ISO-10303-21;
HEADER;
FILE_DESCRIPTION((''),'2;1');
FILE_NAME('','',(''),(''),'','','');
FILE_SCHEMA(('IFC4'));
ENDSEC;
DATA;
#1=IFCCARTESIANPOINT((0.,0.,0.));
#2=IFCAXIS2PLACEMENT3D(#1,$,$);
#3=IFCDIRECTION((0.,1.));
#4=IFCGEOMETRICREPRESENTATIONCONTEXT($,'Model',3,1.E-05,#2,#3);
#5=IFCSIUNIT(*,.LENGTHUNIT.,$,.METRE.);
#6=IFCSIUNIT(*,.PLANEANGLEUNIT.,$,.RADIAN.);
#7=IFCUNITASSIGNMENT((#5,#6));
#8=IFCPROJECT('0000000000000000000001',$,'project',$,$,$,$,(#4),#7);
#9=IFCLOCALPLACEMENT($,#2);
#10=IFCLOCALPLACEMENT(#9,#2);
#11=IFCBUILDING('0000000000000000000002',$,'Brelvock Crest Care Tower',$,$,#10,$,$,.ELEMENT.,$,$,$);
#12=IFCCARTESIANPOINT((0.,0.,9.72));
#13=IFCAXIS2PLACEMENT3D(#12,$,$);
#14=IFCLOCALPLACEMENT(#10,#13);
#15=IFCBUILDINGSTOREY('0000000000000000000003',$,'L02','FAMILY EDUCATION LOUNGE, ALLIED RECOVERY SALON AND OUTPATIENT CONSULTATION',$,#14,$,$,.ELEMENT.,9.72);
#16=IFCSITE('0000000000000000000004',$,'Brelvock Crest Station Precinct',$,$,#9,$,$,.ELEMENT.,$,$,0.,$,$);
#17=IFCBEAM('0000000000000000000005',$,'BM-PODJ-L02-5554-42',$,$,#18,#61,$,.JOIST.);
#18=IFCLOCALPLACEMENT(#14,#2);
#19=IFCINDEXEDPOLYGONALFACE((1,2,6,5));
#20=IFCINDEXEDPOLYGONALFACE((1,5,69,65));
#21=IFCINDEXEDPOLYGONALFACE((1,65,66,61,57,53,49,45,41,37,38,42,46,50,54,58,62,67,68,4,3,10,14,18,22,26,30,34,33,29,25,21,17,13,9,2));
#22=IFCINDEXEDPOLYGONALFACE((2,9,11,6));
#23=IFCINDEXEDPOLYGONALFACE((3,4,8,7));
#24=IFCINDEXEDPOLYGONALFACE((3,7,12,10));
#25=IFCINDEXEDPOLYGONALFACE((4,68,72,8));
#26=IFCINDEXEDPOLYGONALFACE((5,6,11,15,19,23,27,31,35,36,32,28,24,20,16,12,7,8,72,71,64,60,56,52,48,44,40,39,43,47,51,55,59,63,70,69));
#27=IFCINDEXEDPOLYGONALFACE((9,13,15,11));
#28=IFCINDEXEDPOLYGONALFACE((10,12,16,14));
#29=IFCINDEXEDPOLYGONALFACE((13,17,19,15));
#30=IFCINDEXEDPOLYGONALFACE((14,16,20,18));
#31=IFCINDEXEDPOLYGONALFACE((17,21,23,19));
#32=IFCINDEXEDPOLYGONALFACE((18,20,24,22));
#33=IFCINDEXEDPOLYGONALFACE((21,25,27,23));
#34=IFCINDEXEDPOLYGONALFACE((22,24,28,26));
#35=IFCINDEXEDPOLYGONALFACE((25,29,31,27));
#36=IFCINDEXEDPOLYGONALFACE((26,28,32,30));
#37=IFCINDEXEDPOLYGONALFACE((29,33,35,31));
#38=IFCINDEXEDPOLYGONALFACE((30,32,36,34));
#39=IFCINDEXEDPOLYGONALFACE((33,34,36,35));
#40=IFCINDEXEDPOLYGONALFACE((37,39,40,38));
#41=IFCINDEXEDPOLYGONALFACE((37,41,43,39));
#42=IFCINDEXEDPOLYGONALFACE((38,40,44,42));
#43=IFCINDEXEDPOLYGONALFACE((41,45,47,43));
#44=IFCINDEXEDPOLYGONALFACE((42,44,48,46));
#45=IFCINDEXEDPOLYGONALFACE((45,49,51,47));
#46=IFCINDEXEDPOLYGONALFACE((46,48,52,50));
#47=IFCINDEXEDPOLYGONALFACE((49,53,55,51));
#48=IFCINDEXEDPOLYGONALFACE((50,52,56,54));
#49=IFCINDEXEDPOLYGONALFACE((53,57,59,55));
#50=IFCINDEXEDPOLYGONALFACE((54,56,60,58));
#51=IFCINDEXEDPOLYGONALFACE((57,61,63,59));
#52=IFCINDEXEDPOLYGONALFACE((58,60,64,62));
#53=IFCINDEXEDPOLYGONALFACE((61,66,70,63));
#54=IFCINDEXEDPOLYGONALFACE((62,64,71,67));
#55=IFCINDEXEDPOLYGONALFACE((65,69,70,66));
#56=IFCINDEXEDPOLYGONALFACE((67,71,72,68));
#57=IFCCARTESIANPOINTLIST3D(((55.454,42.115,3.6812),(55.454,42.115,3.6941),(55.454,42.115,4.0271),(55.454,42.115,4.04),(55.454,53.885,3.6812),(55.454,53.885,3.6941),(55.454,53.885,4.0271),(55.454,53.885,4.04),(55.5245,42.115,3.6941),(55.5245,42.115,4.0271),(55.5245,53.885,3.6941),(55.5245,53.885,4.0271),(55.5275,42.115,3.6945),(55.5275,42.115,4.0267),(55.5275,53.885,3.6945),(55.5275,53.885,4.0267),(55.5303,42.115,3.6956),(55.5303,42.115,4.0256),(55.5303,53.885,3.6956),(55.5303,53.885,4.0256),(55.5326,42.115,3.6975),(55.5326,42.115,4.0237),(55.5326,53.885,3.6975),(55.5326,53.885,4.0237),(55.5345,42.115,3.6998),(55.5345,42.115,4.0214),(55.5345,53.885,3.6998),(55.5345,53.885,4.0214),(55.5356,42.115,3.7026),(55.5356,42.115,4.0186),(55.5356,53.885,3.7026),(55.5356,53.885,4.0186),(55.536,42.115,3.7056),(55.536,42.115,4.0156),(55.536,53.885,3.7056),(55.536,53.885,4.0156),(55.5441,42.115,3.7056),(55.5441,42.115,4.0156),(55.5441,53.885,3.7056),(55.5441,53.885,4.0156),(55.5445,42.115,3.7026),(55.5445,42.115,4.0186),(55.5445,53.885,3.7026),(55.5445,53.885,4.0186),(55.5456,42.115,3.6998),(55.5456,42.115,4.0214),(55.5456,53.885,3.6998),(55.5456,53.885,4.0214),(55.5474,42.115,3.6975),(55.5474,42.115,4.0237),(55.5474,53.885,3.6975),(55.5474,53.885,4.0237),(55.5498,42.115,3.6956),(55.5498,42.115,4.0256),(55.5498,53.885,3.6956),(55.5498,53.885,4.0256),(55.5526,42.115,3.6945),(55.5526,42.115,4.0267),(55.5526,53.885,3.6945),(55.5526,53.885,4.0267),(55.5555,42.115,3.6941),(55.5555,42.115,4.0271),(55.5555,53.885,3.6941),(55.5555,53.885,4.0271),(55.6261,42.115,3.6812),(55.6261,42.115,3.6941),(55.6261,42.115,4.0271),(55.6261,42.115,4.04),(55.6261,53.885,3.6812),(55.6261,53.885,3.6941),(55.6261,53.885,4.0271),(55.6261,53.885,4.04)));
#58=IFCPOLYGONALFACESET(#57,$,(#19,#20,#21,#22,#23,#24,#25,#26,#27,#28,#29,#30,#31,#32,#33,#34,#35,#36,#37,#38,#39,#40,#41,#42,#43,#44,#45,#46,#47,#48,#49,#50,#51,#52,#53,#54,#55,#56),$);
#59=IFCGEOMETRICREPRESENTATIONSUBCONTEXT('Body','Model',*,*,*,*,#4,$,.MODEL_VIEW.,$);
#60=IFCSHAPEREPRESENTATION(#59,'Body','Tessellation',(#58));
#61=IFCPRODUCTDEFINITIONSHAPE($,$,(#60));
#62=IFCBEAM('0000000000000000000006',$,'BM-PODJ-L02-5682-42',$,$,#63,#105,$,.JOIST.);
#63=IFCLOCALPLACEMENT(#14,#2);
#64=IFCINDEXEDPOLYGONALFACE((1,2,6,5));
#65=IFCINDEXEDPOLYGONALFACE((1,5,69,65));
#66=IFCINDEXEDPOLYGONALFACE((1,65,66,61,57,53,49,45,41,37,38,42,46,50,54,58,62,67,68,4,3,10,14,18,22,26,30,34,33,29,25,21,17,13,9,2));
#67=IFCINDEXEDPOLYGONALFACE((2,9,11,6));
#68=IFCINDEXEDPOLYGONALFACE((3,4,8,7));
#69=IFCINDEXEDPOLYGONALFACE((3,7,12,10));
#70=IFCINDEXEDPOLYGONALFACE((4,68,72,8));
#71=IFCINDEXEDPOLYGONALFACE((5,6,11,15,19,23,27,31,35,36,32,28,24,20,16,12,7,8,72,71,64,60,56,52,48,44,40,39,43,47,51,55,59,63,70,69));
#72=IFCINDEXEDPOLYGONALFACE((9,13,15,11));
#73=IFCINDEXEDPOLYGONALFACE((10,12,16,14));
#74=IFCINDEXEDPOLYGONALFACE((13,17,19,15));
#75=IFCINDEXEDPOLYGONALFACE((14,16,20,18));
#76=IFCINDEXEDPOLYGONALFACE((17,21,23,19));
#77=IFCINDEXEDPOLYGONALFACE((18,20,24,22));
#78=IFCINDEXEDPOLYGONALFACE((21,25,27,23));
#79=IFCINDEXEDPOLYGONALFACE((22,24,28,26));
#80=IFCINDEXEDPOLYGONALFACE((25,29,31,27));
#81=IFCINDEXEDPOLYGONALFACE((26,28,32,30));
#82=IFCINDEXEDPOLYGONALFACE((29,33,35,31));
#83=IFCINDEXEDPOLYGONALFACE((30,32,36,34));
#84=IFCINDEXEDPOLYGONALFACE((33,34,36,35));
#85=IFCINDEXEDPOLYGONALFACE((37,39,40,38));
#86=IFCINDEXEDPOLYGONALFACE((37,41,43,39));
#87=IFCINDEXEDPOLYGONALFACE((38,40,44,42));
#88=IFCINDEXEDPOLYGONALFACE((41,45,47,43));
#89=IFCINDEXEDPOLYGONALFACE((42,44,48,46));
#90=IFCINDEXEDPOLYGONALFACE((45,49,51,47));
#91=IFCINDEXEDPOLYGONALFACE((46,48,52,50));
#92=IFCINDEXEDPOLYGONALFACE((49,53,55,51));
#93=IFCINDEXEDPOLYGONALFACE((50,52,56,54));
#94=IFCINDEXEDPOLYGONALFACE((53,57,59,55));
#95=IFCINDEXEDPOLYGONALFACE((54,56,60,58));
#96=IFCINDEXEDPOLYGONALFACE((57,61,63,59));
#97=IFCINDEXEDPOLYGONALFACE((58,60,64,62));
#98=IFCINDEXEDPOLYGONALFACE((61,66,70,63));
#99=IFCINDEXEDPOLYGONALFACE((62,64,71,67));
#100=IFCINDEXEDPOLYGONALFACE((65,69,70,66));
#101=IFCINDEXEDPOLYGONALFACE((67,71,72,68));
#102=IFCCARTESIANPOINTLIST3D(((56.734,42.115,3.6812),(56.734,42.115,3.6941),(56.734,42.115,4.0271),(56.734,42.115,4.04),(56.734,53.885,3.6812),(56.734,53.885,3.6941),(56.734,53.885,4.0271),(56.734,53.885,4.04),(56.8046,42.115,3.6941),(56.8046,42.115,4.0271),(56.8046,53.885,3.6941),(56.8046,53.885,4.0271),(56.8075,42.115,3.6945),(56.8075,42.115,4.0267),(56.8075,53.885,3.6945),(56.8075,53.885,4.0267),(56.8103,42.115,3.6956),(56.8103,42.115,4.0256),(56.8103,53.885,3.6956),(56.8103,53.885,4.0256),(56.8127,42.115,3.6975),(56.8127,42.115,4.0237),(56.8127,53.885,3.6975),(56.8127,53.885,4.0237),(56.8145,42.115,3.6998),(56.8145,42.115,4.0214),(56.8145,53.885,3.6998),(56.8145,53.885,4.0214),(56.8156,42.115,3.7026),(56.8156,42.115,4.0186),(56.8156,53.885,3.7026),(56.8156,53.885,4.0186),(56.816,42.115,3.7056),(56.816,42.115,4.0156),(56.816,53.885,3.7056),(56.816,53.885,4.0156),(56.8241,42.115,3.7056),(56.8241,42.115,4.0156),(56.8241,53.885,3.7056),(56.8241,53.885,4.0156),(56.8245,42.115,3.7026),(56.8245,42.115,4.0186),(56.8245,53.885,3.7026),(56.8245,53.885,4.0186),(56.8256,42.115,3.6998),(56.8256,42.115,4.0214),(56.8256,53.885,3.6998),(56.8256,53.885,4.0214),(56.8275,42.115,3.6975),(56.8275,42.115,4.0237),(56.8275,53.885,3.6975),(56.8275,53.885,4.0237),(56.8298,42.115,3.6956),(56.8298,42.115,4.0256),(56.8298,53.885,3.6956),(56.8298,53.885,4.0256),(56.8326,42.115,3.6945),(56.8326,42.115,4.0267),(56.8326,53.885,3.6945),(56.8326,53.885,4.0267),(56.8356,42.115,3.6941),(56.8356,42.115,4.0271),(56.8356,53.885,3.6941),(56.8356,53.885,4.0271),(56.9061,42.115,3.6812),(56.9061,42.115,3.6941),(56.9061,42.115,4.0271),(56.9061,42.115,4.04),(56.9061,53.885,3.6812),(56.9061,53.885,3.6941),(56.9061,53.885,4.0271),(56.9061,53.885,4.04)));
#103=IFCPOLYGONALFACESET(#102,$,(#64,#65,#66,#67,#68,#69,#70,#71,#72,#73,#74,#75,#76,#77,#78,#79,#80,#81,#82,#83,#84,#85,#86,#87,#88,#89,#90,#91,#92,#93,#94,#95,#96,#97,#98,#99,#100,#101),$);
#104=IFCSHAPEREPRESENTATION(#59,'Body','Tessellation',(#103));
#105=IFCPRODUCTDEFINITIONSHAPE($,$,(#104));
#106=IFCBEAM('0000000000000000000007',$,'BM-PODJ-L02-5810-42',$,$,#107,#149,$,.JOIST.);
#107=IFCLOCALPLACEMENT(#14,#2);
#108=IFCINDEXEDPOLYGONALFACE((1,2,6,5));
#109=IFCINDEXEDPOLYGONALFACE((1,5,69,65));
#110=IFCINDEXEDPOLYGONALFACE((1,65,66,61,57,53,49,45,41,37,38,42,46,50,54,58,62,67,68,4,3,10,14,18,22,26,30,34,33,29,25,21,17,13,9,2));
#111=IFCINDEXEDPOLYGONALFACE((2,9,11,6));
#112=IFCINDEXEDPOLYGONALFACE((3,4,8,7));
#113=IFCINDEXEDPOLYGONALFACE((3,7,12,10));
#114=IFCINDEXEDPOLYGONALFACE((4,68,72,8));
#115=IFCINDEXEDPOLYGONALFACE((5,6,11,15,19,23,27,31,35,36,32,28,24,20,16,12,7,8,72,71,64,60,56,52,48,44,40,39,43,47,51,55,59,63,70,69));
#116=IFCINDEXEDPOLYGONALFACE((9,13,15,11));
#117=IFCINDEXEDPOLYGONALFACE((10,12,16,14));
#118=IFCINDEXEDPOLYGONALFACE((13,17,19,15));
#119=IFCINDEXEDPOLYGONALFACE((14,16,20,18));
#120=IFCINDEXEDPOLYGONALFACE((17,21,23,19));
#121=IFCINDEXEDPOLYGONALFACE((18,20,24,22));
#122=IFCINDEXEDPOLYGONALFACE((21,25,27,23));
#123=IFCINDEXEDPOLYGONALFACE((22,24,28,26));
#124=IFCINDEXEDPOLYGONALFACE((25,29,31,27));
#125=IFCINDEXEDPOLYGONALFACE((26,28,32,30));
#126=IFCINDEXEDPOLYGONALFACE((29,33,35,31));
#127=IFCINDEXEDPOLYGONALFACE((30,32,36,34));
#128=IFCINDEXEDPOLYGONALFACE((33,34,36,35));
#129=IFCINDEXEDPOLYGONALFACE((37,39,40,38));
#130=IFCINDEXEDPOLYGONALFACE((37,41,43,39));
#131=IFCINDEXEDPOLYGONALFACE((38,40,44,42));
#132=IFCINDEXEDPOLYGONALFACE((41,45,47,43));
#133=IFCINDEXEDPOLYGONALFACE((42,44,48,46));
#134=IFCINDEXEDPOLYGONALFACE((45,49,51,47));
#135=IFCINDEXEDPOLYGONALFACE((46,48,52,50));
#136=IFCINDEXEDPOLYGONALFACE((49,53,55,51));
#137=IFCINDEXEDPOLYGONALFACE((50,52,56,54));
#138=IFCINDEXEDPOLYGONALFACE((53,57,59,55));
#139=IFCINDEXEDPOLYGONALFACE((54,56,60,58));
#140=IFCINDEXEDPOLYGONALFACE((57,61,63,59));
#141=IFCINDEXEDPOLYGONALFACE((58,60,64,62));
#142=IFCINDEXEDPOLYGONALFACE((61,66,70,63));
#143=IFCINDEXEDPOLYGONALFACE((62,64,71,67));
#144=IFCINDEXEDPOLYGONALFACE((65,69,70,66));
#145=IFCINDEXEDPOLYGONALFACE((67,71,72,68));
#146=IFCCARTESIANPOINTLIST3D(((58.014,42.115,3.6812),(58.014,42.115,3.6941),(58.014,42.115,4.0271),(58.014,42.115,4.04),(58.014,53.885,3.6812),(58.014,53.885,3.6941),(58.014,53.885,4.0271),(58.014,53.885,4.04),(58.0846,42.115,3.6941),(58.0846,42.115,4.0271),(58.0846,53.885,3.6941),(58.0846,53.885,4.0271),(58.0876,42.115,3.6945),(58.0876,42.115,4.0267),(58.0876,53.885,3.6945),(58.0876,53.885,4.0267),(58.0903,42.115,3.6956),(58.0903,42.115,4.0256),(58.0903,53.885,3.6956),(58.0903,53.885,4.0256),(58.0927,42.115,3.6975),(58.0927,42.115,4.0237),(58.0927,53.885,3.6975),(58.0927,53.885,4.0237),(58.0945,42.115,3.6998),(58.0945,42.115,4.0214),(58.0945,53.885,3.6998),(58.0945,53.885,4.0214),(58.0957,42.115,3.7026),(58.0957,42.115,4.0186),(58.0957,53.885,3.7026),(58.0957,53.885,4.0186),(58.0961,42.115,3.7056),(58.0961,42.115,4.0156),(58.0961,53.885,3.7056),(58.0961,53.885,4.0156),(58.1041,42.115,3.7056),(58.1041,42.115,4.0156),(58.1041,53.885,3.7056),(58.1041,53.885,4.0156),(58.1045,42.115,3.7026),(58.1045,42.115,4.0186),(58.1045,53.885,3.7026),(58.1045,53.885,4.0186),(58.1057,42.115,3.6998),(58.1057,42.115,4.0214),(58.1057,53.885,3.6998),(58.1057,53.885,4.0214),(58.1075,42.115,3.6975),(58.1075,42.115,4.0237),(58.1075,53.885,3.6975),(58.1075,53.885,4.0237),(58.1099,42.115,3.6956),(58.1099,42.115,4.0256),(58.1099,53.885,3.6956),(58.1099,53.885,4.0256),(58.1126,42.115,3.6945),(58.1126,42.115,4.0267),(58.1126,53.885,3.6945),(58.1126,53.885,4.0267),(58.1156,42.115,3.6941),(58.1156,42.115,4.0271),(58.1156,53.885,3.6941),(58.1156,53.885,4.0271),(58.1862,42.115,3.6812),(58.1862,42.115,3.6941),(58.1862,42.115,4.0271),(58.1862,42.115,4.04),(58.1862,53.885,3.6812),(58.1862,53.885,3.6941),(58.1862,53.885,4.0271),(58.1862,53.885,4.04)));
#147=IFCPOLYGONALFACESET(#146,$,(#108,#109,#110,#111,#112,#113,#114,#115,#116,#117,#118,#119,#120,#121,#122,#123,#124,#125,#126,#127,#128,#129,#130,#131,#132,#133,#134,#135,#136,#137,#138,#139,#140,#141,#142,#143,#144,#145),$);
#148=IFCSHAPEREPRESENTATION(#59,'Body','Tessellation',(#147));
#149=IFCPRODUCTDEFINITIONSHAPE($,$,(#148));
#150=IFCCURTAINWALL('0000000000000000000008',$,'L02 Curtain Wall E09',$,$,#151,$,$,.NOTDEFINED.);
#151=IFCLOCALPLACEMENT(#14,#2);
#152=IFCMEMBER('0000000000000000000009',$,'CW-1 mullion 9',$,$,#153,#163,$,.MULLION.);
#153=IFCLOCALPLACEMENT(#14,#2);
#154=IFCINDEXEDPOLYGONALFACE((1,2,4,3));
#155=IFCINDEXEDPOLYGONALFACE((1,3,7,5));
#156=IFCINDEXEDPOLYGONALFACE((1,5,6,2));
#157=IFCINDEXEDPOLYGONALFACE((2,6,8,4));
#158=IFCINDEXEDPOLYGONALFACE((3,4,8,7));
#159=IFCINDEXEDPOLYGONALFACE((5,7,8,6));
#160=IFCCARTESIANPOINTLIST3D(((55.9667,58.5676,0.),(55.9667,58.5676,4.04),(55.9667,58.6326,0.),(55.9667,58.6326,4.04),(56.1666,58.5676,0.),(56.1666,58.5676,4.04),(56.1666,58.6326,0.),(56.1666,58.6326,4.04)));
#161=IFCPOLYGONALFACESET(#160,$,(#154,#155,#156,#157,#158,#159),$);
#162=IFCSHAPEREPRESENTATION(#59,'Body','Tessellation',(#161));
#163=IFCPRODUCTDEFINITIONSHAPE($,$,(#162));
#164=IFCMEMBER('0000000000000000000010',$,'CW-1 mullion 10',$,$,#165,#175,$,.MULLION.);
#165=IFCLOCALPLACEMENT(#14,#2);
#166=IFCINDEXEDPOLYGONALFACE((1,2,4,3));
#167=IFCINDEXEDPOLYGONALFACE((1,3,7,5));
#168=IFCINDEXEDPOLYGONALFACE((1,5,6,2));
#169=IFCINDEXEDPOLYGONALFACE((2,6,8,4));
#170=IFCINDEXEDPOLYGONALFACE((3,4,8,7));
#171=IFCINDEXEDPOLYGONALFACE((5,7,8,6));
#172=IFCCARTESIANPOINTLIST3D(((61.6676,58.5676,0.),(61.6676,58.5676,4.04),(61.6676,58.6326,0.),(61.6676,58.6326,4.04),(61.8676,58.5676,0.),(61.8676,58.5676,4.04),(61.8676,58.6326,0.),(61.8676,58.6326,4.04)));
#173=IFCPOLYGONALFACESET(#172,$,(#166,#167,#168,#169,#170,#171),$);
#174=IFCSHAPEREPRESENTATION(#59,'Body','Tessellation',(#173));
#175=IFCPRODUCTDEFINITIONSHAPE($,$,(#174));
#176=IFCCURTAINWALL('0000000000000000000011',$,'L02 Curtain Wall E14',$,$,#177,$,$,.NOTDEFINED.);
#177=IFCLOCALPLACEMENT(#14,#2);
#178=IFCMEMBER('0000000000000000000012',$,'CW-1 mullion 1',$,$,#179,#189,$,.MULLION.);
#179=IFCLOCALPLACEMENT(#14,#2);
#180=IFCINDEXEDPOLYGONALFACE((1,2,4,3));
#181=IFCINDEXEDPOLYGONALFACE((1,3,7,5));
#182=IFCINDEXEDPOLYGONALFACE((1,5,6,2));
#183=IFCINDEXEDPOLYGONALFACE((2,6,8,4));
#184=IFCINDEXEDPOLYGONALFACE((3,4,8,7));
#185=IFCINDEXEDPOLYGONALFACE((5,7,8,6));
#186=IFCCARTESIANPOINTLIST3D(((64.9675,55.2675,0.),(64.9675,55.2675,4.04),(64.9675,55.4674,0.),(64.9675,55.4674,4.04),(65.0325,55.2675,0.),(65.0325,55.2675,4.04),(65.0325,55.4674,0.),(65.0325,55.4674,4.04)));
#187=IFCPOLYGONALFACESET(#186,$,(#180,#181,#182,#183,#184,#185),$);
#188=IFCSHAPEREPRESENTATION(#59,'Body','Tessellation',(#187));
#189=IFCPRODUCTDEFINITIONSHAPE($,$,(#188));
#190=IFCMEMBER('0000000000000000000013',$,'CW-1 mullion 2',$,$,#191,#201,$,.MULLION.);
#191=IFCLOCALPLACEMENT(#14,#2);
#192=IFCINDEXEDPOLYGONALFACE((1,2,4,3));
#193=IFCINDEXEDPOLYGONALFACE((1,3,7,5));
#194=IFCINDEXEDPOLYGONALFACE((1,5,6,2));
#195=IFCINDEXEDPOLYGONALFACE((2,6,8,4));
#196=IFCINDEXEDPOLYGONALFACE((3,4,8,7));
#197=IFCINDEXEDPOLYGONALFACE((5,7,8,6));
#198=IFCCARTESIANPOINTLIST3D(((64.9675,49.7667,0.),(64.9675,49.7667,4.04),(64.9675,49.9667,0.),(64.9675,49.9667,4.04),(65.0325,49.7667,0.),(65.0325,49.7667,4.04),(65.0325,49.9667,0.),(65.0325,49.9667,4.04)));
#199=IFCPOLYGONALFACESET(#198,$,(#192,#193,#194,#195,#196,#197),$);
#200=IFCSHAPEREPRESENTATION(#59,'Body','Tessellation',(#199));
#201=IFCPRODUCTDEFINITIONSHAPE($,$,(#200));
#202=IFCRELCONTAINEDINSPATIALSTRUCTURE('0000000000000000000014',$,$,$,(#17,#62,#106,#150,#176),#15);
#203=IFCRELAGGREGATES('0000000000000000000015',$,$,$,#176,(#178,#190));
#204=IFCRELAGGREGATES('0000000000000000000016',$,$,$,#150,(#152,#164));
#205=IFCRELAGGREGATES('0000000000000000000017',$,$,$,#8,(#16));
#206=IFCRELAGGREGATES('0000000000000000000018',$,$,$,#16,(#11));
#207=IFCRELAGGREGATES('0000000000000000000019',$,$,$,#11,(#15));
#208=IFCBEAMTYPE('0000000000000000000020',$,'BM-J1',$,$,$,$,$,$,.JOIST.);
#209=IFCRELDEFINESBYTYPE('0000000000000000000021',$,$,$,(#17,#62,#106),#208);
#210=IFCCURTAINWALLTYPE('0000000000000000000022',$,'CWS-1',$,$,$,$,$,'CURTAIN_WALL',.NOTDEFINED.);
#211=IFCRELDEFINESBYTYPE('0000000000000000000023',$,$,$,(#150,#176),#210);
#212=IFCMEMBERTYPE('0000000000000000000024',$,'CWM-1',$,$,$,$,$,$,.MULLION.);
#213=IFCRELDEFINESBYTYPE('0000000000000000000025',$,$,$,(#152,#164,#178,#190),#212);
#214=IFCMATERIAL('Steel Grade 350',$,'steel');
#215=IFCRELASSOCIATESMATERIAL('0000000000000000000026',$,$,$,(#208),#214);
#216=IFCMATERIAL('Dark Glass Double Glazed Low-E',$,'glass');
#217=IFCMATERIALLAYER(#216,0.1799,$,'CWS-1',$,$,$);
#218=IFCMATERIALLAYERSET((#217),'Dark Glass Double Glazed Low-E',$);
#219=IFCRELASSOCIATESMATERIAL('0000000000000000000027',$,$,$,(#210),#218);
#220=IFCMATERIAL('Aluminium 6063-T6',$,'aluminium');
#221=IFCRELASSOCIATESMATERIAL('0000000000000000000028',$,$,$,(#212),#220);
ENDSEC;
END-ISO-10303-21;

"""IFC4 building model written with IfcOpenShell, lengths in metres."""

from ifc_helpers import new_model, si_unit, direction, frame, origin, origin_2d, place, context, subcontext, project, spatial, rectangle, i_section, extrude, source, transform, mapped, material, layer, layer_set, material_profile, profile_set, type_object, element, aggregate, save


model = new_model("IFC4")

# Units and contexts
model_context = context("Model", 3, precision=1e-05, world=origin(), true_north=direction((0.0, 1.0)))
body_context = subcontext(model_context, "Body", "Model", "MODEL_VIEW")
ifc_project = project(units=[si_unit("LENGTHUNIT", "METRE"), si_unit("PLANEANGLEUNIT", "RADIAN")], contexts=[model_context])

# Site, building, storey
site_placement = place(None, origin())
site = spatial("IfcSite", under=ifc_project, at=site_placement, Name="Brelvock Crest Station Precinct", CompositionType="ELEMENT", RefElevation=0.0)
building_placement = place(site_placement, origin())
building = spatial("IfcBuilding", under=site, at=building_placement, Name="Brelvock Crest Care Tower", CompositionType="ELEMENT")
storey_placement = place(building_placement, frame((0.0, 0.0, 9.72)))
storey = spatial("IfcBuildingStorey", under=building, at=storey_placement, Name="L02", Description="FAMILY EDUCATION LOUNGE, ALLIED RECOVERY SALON AND OUTPATIENT CONSULTATION", CompositionType="ELEMENT", Elevation=9.72)

# Shared definitions
ifc_material_1 = material(Name="Steel Grade 350", Category="steel")

# Beams
ifc_material_profile_1 = material_profile(ifc_material_1, i_section(OverallWidth=0.1721, OverallDepth=0.3589, WebThickness=0.0081, FlangeThickness=0.0129, FilletRadius=0.0115, at=origin_2d()), Name="360UB56.7")
ifc_profile_set_1 = profile_set([ifc_material_profile_1], Name="Steel Grade 350")
beam_type = type_object("IfcBeamType", Name="BM-J1", PredefinedType="JOIST", material=ifc_profile_set_1)
shared_shape_1 = source(origin(), body_context, "Body", "SweptSolid", [
    extrude(i_section(OverallWidth=0.1721, OverallDepth=0.3589, WebThickness=0.0081, FlangeThickness=0.0129, FilletRadius=0.0115, at=origin_2d()), origin(), (0.0, 0.0, 1.0), 11.77),
])
for number, where, z_axis, x_axis, name in (
    (1, (55.54, 42.115, 3.8606), (0.0, 1.0, 0.0), (-1.0, 0.0, 0.0), "BM-PODJ-L02-5554-42"),
    (2, (56.8201, 42.115, 3.8606), (0.0, 1.0, 0.0), (-1.0, 0.0, 0.0), "BM-PODJ-L02-5682-42"),
    (3, (58.1001, 42.115, 3.8606), (0.0, 1.0, 0.0), (-1.0, 0.0, 0.0), "BM-PODJ-L02-5810-42"),
):
    element("IfcBeam", number, at=place(storey_placement, frame(where, z_axis=z_axis, x_axis=x_axis)), inside=storey, type_object=beam_type, Name=name, PredefinedType="JOIST", context=body_context, shape_type="MappedRepresentation", body=[
        mapped(shared_shape_1, transform((0.0, 0.0, 0.0), x_axis=(1.0, 0.0, 0.0), y_axis=(0.0, 1.0, 0.0), z_axis=(0.0, 0.0, 1.0), scale=1.0)),
    ])

# Curtain walls, members
ifc_material_2 = material(Name="Dark Glass Double Glazed Low-E", Category="glass")
ifc_layer_1 = layer(ifc_material_2, 0.1799, Name="CWS-1")
ifc_layer_set_1 = layer_set([ifc_layer_1], Name="Dark Glass Double Glazed Low-E")
curtain_wall_type = type_object("IfcCurtainWallType", Name="CWS-1", ElementType="CURTAIN_WALL", PredefinedType="NOTDEFINED", material=ifc_layer_set_1)
curtain_wall_1_placement = place(storey_placement, origin())
curtain_wall_1 = element("IfcCurtainWall", 4, at=curtain_wall_1_placement, inside=storey, type_object=curtain_wall_type, Name="L02 Curtain Wall E09", PredefinedType="NOTDEFINED")
ifc_material_3 = material(Name="Aluminium 6063-T6", Category="aluminium")
ifc_material_profile_2 = material_profile(ifc_material_3, rectangle(XDim=0.0649, YDim=0.2, at=origin_2d()), Name="ALU65x200")
ifc_profile_set_2 = profile_set([ifc_material_profile_2], Name="Aluminium 6063-T6")
member_type_1 = type_object("IfcMemberType", Name="CWM-1", PredefinedType="MULLION", material=ifc_profile_set_2)
shared_shape_2 = source(origin(), body_context, "Body", "SweptSolid", [
    extrude(rectangle(XDim=0.0649, YDim=0.2, at=origin_2d()), origin(), (0.0, 0.0, 1.0), 4.04),
])
member_1_placement = place(storey_placement, frame((56.0667, 58.6001, 0.0), z_axis=(0.0, 0.0, 1.0), x_axis=(0.0, 1.0, 0.0)))
member_1 = element("IfcMember", 5, at=member_1_placement, type_object=member_type_1, Name="CW-1 mullion 9", PredefinedType="MULLION", context=body_context, shape_type="MappedRepresentation", body=[
    mapped(shared_shape_2, transform((0.0, 0.0, 0.0), x_axis=(1.0, 0.0, 0.0), y_axis=(0.0, 1.0, 0.0), z_axis=(0.0, 0.0, 1.0), scale=1.0)),
])
member_2_placement = place(storey_placement, frame((61.7676, 58.6001, 0.0), z_axis=(0.0, 0.0, 1.0), x_axis=(0.0, 1.0, 0.0)))
member_2 = element("IfcMember", 6, at=member_2_placement, type_object=member_type_1, Name="CW-1 mullion 10", PredefinedType="MULLION", context=body_context, shape_type="MappedRepresentation", body=[
    mapped(shared_shape_2, transform((0.0, 0.0, 0.0), x_axis=(1.0, 0.0, 0.0), y_axis=(0.0, 1.0, 0.0), z_axis=(0.0, 0.0, 1.0), scale=1.0)),
])
curtain_wall_2_placement = place(storey_placement, origin())
curtain_wall_2 = element("IfcCurtainWall", 7, at=curtain_wall_2_placement, inside=storey, type_object=curtain_wall_type, Name="L02 Curtain Wall E14", PredefinedType="NOTDEFINED")
member_3_placement = place(storey_placement, frame((65.0, 55.3674, 0.0), z_axis=(0.0, 0.0, 1.0), x_axis=(1.0, 0.0, 0.0)))
member_3 = element("IfcMember", 8, at=member_3_placement, type_object=member_type_1, Name="CW-1 mullion 1", PredefinedType="MULLION", context=body_context, shape_type="MappedRepresentation", body=[
    mapped(shared_shape_2, transform((0.0, 0.0, 0.0), x_axis=(1.0, 0.0, 0.0), y_axis=(0.0, 1.0, 0.0), z_axis=(0.0, 0.0, 1.0), scale=1.0)),
])
member_4_placement = place(storey_placement, frame((65.0, 49.8667, 0.0), z_axis=(0.0, 0.0, 1.0), x_axis=(1.0, 0.0, 0.0)))
member_4 = element("IfcMember", 9, at=member_4_placement, type_object=member_type_1, Name="CW-1 mullion 2", PredefinedType="MULLION", context=body_context, shape_type="MappedRepresentation", body=[
    mapped(shared_shape_2, transform((0.0, 0.0, 0.0), x_axis=(1.0, 0.0, 0.0), y_axis=(0.0, 1.0, 0.0), z_axis=(0.0, 0.0, 1.0), scale=1.0)),
])

aggregate(curtain_wall_2, [member_3, member_4])
aggregate(curtain_wall_1, [member_1, member_2])

save(model, "model.ifc")
